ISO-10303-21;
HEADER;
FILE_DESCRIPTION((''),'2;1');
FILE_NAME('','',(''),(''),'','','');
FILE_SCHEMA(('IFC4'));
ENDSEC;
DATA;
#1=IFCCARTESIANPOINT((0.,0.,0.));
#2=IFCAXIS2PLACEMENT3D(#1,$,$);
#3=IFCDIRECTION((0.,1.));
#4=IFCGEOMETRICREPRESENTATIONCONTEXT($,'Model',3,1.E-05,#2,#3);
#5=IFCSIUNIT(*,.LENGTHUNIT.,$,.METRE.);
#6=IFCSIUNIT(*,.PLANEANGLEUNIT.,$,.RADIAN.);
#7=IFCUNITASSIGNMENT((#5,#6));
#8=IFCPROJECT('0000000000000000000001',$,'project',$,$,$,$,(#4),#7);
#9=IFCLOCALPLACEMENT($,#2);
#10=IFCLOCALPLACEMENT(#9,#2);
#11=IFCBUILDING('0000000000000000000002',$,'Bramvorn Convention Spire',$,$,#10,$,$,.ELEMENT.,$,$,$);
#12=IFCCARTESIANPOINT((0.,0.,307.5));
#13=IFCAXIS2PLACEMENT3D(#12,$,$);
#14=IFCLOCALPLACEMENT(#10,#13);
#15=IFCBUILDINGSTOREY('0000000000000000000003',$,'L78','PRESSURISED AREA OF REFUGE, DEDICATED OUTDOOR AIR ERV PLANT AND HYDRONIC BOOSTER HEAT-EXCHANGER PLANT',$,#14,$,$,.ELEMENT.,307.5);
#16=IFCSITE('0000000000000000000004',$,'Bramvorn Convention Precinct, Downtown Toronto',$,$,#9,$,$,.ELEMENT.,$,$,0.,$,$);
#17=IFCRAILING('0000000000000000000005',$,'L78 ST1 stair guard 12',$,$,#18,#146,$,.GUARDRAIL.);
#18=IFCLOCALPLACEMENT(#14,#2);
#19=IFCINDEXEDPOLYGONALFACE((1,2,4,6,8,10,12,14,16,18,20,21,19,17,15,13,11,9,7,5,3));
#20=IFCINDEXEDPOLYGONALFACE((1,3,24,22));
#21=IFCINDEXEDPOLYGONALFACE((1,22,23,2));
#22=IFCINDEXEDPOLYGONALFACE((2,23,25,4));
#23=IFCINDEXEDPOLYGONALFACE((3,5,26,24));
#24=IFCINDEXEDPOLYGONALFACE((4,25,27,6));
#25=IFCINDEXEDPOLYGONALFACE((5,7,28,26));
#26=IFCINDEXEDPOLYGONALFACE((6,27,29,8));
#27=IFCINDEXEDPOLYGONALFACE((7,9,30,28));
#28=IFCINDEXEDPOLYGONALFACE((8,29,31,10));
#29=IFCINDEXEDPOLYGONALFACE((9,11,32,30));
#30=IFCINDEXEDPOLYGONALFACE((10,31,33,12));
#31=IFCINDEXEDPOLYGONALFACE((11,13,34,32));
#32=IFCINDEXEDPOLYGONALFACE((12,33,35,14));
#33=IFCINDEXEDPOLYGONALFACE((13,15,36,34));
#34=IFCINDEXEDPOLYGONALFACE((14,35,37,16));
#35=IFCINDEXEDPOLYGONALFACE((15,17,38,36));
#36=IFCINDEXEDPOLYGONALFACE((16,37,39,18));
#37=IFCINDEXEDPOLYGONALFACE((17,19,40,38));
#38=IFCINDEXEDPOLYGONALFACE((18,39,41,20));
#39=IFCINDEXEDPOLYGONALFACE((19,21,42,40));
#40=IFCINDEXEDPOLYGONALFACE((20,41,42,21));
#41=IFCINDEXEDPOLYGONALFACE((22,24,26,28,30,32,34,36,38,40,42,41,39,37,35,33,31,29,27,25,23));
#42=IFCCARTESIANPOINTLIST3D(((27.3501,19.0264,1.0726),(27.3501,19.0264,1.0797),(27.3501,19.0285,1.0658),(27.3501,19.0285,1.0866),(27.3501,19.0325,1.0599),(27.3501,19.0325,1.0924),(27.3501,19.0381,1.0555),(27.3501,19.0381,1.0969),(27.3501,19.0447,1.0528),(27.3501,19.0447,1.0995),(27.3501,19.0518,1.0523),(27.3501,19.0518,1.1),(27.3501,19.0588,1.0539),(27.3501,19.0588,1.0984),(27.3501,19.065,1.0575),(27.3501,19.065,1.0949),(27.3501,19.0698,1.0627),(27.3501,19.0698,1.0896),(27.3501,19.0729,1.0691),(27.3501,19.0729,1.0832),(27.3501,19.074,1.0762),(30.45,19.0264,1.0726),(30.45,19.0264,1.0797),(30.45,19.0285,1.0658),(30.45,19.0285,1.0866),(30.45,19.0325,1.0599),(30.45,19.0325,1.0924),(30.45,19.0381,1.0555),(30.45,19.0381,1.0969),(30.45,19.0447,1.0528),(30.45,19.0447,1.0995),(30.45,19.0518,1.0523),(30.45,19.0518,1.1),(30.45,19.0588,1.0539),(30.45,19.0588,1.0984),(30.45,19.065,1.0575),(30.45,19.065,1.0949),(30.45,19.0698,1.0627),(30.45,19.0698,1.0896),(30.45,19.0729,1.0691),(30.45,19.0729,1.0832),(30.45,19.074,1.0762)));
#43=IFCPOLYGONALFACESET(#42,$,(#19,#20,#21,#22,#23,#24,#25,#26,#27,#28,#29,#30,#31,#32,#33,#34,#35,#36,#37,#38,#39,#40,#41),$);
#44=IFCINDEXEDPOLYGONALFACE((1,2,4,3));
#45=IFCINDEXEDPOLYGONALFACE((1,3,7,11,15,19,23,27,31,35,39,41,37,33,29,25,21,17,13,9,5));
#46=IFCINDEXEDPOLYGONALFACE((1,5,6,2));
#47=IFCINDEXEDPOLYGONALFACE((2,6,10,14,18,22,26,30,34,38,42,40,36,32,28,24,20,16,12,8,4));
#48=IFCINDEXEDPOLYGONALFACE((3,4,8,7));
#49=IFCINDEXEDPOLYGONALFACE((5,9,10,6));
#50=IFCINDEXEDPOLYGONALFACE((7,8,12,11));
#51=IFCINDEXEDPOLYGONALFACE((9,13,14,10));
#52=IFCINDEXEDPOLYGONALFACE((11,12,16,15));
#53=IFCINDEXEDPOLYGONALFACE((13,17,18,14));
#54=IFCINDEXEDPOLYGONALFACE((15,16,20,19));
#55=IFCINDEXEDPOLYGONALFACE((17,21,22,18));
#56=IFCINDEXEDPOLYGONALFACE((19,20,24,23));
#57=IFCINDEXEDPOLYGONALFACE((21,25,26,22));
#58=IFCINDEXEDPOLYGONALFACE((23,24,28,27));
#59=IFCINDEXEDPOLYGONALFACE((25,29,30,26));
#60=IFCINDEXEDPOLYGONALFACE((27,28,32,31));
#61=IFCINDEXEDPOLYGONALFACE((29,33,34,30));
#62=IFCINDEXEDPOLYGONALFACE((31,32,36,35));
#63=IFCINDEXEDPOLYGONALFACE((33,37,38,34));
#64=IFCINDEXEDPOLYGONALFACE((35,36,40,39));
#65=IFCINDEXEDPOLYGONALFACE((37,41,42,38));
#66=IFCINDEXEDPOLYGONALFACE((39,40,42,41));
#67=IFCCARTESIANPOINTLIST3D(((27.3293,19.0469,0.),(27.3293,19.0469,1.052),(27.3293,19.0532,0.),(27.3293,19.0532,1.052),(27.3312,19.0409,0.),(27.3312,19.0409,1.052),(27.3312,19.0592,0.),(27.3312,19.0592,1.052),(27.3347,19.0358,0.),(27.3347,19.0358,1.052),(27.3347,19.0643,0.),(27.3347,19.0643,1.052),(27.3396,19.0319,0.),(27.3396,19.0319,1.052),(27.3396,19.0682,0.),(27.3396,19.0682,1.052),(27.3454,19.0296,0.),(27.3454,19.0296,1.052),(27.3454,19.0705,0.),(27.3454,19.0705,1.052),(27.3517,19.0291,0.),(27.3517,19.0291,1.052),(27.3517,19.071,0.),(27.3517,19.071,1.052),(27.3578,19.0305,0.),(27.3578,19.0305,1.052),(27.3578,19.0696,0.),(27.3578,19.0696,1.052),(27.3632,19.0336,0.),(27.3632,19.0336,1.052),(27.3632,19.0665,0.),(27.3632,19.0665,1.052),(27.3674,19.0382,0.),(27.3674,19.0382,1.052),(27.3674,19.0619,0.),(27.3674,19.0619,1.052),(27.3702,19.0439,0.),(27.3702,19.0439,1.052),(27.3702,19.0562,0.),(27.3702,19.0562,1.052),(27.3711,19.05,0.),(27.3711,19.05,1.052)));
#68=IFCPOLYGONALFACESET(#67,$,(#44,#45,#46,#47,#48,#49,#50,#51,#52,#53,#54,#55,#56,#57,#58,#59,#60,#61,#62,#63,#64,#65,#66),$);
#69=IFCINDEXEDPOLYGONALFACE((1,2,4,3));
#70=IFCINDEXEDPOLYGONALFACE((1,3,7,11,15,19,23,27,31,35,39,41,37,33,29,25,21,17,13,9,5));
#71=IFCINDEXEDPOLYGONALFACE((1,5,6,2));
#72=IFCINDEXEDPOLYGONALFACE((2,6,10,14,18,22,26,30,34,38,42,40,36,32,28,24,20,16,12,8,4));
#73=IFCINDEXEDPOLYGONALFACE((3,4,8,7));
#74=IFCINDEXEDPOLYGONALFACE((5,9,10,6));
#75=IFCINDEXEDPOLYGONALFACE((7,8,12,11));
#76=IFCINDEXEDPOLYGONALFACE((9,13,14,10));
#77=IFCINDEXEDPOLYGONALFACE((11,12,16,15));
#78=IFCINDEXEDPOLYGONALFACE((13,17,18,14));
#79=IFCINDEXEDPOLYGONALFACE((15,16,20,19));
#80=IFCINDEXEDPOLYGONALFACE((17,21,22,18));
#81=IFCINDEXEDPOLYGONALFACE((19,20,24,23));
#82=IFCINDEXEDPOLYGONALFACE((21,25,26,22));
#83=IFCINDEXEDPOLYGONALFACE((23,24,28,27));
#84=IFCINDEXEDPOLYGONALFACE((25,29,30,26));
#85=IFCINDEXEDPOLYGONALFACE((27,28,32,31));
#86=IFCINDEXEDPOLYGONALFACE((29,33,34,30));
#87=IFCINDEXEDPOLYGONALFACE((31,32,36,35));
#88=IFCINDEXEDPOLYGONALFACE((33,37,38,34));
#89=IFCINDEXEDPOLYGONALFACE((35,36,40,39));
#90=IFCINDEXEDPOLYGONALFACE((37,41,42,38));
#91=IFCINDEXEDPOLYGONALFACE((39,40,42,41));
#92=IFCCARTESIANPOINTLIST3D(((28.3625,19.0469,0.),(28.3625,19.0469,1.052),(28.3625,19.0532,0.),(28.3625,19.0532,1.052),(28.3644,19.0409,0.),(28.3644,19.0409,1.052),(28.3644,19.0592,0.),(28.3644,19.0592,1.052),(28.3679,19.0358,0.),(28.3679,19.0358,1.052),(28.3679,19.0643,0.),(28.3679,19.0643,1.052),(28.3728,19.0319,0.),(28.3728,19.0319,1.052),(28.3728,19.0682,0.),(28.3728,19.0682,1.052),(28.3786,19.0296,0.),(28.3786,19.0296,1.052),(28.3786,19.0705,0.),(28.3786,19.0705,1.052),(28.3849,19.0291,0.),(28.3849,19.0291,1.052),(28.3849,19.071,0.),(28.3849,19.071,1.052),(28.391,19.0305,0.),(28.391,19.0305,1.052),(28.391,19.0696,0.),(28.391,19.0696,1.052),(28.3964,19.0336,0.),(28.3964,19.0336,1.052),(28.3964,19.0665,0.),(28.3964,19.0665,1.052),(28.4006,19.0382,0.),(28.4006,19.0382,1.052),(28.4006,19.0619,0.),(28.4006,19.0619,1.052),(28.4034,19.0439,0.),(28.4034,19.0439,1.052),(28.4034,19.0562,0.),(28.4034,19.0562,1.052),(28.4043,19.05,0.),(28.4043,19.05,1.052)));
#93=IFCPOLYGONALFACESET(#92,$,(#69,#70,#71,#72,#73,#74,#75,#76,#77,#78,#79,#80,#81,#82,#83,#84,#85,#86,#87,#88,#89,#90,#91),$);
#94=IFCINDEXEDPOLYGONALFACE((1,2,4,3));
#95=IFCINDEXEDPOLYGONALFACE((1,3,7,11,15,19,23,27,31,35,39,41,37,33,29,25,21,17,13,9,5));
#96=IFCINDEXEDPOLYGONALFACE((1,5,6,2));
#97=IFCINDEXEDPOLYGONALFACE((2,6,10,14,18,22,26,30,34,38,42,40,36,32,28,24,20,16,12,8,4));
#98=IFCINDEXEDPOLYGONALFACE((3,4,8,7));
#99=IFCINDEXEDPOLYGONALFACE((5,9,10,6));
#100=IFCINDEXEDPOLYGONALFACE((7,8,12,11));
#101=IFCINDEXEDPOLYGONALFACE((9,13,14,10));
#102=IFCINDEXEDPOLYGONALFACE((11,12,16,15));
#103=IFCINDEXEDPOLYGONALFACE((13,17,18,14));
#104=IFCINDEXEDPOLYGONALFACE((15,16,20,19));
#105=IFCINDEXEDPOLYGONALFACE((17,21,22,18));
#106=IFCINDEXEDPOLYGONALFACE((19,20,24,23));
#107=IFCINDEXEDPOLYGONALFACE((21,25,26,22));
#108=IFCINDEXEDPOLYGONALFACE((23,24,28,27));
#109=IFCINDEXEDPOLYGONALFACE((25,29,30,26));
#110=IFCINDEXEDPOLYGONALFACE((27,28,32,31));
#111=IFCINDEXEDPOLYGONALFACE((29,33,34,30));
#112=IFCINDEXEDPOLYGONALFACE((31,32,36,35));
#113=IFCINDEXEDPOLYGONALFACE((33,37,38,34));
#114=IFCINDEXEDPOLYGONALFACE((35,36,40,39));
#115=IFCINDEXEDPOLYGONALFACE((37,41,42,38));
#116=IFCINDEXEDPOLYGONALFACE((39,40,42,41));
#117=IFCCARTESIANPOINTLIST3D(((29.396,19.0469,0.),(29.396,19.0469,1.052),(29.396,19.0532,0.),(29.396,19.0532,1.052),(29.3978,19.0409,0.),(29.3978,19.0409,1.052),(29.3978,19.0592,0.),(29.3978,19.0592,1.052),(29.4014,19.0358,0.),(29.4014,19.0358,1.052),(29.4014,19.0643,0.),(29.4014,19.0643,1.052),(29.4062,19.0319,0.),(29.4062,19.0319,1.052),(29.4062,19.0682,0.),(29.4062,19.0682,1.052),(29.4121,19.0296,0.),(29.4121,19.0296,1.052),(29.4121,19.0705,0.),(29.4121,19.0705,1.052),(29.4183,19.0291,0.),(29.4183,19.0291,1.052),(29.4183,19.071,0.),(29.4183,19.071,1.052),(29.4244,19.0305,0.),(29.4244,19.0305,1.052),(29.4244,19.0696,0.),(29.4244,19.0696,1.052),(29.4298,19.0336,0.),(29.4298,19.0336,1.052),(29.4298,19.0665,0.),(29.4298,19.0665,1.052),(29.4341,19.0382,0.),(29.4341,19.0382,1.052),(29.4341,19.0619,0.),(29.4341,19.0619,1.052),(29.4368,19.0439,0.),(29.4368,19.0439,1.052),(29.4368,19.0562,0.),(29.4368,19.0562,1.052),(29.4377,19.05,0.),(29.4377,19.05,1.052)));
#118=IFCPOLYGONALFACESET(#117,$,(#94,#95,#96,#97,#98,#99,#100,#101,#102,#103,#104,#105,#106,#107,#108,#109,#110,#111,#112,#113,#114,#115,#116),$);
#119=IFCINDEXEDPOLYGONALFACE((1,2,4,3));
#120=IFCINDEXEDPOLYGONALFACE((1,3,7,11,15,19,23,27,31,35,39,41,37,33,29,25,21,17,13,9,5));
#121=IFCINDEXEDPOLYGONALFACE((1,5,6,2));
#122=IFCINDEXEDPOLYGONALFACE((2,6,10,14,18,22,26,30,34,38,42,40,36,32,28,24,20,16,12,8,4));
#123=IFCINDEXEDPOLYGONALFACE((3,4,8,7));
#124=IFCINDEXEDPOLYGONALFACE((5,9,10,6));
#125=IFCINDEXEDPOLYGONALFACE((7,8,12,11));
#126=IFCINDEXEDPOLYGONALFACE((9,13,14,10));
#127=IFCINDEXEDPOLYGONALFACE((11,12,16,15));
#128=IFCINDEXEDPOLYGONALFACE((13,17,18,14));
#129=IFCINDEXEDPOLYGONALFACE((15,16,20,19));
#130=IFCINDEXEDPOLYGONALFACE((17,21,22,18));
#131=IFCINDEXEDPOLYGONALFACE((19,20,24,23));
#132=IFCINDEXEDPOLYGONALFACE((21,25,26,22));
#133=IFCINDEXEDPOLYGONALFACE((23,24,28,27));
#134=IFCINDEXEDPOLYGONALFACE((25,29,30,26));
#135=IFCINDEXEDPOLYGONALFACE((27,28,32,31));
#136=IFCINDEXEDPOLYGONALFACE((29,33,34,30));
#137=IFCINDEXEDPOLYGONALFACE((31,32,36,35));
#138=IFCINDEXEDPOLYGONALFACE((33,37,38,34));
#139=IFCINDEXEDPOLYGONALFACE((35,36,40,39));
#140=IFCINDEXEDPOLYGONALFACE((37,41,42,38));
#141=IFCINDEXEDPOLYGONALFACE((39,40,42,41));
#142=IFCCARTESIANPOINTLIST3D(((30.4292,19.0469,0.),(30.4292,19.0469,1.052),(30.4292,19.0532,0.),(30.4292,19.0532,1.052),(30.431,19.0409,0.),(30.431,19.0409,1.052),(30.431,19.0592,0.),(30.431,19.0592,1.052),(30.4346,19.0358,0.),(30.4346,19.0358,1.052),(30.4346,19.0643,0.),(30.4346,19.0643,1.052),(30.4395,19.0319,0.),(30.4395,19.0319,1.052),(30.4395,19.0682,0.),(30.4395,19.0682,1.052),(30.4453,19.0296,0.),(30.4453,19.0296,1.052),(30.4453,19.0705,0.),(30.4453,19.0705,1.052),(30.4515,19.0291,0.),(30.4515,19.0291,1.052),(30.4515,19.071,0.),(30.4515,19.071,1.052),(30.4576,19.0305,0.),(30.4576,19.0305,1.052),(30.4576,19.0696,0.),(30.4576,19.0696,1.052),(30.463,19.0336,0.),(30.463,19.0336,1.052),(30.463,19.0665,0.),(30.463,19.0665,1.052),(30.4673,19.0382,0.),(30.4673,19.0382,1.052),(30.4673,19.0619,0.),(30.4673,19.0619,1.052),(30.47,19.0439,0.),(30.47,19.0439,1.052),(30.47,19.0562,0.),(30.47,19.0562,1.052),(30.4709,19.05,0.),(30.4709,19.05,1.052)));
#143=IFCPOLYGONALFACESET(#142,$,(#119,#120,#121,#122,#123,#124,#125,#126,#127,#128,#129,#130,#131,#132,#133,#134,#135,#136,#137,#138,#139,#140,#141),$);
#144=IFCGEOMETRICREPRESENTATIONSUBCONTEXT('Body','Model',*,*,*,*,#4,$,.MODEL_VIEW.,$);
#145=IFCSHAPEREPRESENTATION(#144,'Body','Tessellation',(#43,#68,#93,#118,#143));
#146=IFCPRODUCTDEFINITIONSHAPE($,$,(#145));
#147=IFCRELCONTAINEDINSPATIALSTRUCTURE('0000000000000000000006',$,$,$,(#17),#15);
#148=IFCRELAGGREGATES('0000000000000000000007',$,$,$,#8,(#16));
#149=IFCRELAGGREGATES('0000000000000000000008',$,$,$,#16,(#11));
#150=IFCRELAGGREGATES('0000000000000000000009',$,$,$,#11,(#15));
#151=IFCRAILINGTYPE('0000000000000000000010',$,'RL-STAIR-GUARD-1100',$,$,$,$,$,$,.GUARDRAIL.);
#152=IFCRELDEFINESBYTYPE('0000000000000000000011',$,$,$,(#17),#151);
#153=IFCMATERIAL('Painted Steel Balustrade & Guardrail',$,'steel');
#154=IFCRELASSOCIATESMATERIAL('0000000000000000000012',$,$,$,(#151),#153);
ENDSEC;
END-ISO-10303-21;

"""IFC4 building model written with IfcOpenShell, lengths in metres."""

from ifc_helpers import new_model, si_unit, direction, frame, origin, origin_2d, place, context, subcontext, project, spatial, circle, extrude, material, type_object, element, save


model = new_model("IFC4")

# Units and contexts
model_context = context("Model", 3, precision=1e-05, world=origin(), true_north=direction((0.0, 1.0)))
body_context = subcontext(model_context, "Body", "Model", "MODEL_VIEW")
ifc_project = project(units=[si_unit("LENGTHUNIT", "METRE"), si_unit("PLANEANGLEUNIT", "RADIAN")], contexts=[model_context])

# Site, building, storey
site_placement = place(None, origin())
site = spatial("IfcSite", under=ifc_project, at=site_placement, Name="Bramvorn Convention Precinct, Downtown Toronto", CompositionType="ELEMENT", RefElevation=0.0)
building_placement = place(site_placement, origin())
building = spatial("IfcBuilding", under=site, at=building_placement, Name="Bramvorn Convention Spire", CompositionType="ELEMENT")
storey_placement = place(building_placement, frame((0.0, 0.0, 307.5)))
storey = spatial("IfcBuildingStorey", under=building, at=storey_placement, Name="L78", Description="PRESSURISED AREA OF REFUGE, DEDICATED OUTDOOR AIR ERV PLANT AND HYDRONIC BOOSTER HEAT-EXCHANGER PLANT", CompositionType="ELEMENT", Elevation=307.5)

# Railing
ifc_material_1 = material(Name="Painted Steel Balustrade & Guardrail", Category="steel")
railing_type = type_object("IfcRailingType", Name="RL-STAIR-GUARD-1100", PredefinedType="GUARDRAIL", material=ifc_material_1)
railing_placement = place(storey_placement, frame((27.3501, 19.05, 0.0)))
element("IfcRailing", 1, at=railing_placement, inside=storey, type_object=railing_type, Name="L78 ST1 stair guard 12", PredefinedType="GUARDRAIL", context=body_context, shape_type="SweptSolid", body=[
    extrude(circle(Radius=0.0239, at=origin_2d()), frame((0.0, 0.0, 1.0762), z_axis=(1.0, 0.0, 0.0), x_axis=(0.0, 1.0, 0.0)), (0.0, 0.0, 1.0), 3.0999),
    extrude(circle(Radius=0.021, at=origin_2d()), origin(), (0.0, 0.0, 1.0), 1.052),
    extrude(circle(Radius=0.021, at=origin_2d()), frame((1.0332, 0.0, 0.0)), (0.0, 0.0, 1.0), 1.052),
    extrude(circle(Radius=0.021, at=origin_2d()), frame((2.0667, 0.0, 0.0)), (0.0, 0.0, 1.0), 1.052),
    extrude(circle(Radius=0.021, at=origin_2d()), frame((3.0999, 0.0, 0.0)), (0.0, 0.0, 1.0), 1.052),
])

save(model, "model.ifc")
